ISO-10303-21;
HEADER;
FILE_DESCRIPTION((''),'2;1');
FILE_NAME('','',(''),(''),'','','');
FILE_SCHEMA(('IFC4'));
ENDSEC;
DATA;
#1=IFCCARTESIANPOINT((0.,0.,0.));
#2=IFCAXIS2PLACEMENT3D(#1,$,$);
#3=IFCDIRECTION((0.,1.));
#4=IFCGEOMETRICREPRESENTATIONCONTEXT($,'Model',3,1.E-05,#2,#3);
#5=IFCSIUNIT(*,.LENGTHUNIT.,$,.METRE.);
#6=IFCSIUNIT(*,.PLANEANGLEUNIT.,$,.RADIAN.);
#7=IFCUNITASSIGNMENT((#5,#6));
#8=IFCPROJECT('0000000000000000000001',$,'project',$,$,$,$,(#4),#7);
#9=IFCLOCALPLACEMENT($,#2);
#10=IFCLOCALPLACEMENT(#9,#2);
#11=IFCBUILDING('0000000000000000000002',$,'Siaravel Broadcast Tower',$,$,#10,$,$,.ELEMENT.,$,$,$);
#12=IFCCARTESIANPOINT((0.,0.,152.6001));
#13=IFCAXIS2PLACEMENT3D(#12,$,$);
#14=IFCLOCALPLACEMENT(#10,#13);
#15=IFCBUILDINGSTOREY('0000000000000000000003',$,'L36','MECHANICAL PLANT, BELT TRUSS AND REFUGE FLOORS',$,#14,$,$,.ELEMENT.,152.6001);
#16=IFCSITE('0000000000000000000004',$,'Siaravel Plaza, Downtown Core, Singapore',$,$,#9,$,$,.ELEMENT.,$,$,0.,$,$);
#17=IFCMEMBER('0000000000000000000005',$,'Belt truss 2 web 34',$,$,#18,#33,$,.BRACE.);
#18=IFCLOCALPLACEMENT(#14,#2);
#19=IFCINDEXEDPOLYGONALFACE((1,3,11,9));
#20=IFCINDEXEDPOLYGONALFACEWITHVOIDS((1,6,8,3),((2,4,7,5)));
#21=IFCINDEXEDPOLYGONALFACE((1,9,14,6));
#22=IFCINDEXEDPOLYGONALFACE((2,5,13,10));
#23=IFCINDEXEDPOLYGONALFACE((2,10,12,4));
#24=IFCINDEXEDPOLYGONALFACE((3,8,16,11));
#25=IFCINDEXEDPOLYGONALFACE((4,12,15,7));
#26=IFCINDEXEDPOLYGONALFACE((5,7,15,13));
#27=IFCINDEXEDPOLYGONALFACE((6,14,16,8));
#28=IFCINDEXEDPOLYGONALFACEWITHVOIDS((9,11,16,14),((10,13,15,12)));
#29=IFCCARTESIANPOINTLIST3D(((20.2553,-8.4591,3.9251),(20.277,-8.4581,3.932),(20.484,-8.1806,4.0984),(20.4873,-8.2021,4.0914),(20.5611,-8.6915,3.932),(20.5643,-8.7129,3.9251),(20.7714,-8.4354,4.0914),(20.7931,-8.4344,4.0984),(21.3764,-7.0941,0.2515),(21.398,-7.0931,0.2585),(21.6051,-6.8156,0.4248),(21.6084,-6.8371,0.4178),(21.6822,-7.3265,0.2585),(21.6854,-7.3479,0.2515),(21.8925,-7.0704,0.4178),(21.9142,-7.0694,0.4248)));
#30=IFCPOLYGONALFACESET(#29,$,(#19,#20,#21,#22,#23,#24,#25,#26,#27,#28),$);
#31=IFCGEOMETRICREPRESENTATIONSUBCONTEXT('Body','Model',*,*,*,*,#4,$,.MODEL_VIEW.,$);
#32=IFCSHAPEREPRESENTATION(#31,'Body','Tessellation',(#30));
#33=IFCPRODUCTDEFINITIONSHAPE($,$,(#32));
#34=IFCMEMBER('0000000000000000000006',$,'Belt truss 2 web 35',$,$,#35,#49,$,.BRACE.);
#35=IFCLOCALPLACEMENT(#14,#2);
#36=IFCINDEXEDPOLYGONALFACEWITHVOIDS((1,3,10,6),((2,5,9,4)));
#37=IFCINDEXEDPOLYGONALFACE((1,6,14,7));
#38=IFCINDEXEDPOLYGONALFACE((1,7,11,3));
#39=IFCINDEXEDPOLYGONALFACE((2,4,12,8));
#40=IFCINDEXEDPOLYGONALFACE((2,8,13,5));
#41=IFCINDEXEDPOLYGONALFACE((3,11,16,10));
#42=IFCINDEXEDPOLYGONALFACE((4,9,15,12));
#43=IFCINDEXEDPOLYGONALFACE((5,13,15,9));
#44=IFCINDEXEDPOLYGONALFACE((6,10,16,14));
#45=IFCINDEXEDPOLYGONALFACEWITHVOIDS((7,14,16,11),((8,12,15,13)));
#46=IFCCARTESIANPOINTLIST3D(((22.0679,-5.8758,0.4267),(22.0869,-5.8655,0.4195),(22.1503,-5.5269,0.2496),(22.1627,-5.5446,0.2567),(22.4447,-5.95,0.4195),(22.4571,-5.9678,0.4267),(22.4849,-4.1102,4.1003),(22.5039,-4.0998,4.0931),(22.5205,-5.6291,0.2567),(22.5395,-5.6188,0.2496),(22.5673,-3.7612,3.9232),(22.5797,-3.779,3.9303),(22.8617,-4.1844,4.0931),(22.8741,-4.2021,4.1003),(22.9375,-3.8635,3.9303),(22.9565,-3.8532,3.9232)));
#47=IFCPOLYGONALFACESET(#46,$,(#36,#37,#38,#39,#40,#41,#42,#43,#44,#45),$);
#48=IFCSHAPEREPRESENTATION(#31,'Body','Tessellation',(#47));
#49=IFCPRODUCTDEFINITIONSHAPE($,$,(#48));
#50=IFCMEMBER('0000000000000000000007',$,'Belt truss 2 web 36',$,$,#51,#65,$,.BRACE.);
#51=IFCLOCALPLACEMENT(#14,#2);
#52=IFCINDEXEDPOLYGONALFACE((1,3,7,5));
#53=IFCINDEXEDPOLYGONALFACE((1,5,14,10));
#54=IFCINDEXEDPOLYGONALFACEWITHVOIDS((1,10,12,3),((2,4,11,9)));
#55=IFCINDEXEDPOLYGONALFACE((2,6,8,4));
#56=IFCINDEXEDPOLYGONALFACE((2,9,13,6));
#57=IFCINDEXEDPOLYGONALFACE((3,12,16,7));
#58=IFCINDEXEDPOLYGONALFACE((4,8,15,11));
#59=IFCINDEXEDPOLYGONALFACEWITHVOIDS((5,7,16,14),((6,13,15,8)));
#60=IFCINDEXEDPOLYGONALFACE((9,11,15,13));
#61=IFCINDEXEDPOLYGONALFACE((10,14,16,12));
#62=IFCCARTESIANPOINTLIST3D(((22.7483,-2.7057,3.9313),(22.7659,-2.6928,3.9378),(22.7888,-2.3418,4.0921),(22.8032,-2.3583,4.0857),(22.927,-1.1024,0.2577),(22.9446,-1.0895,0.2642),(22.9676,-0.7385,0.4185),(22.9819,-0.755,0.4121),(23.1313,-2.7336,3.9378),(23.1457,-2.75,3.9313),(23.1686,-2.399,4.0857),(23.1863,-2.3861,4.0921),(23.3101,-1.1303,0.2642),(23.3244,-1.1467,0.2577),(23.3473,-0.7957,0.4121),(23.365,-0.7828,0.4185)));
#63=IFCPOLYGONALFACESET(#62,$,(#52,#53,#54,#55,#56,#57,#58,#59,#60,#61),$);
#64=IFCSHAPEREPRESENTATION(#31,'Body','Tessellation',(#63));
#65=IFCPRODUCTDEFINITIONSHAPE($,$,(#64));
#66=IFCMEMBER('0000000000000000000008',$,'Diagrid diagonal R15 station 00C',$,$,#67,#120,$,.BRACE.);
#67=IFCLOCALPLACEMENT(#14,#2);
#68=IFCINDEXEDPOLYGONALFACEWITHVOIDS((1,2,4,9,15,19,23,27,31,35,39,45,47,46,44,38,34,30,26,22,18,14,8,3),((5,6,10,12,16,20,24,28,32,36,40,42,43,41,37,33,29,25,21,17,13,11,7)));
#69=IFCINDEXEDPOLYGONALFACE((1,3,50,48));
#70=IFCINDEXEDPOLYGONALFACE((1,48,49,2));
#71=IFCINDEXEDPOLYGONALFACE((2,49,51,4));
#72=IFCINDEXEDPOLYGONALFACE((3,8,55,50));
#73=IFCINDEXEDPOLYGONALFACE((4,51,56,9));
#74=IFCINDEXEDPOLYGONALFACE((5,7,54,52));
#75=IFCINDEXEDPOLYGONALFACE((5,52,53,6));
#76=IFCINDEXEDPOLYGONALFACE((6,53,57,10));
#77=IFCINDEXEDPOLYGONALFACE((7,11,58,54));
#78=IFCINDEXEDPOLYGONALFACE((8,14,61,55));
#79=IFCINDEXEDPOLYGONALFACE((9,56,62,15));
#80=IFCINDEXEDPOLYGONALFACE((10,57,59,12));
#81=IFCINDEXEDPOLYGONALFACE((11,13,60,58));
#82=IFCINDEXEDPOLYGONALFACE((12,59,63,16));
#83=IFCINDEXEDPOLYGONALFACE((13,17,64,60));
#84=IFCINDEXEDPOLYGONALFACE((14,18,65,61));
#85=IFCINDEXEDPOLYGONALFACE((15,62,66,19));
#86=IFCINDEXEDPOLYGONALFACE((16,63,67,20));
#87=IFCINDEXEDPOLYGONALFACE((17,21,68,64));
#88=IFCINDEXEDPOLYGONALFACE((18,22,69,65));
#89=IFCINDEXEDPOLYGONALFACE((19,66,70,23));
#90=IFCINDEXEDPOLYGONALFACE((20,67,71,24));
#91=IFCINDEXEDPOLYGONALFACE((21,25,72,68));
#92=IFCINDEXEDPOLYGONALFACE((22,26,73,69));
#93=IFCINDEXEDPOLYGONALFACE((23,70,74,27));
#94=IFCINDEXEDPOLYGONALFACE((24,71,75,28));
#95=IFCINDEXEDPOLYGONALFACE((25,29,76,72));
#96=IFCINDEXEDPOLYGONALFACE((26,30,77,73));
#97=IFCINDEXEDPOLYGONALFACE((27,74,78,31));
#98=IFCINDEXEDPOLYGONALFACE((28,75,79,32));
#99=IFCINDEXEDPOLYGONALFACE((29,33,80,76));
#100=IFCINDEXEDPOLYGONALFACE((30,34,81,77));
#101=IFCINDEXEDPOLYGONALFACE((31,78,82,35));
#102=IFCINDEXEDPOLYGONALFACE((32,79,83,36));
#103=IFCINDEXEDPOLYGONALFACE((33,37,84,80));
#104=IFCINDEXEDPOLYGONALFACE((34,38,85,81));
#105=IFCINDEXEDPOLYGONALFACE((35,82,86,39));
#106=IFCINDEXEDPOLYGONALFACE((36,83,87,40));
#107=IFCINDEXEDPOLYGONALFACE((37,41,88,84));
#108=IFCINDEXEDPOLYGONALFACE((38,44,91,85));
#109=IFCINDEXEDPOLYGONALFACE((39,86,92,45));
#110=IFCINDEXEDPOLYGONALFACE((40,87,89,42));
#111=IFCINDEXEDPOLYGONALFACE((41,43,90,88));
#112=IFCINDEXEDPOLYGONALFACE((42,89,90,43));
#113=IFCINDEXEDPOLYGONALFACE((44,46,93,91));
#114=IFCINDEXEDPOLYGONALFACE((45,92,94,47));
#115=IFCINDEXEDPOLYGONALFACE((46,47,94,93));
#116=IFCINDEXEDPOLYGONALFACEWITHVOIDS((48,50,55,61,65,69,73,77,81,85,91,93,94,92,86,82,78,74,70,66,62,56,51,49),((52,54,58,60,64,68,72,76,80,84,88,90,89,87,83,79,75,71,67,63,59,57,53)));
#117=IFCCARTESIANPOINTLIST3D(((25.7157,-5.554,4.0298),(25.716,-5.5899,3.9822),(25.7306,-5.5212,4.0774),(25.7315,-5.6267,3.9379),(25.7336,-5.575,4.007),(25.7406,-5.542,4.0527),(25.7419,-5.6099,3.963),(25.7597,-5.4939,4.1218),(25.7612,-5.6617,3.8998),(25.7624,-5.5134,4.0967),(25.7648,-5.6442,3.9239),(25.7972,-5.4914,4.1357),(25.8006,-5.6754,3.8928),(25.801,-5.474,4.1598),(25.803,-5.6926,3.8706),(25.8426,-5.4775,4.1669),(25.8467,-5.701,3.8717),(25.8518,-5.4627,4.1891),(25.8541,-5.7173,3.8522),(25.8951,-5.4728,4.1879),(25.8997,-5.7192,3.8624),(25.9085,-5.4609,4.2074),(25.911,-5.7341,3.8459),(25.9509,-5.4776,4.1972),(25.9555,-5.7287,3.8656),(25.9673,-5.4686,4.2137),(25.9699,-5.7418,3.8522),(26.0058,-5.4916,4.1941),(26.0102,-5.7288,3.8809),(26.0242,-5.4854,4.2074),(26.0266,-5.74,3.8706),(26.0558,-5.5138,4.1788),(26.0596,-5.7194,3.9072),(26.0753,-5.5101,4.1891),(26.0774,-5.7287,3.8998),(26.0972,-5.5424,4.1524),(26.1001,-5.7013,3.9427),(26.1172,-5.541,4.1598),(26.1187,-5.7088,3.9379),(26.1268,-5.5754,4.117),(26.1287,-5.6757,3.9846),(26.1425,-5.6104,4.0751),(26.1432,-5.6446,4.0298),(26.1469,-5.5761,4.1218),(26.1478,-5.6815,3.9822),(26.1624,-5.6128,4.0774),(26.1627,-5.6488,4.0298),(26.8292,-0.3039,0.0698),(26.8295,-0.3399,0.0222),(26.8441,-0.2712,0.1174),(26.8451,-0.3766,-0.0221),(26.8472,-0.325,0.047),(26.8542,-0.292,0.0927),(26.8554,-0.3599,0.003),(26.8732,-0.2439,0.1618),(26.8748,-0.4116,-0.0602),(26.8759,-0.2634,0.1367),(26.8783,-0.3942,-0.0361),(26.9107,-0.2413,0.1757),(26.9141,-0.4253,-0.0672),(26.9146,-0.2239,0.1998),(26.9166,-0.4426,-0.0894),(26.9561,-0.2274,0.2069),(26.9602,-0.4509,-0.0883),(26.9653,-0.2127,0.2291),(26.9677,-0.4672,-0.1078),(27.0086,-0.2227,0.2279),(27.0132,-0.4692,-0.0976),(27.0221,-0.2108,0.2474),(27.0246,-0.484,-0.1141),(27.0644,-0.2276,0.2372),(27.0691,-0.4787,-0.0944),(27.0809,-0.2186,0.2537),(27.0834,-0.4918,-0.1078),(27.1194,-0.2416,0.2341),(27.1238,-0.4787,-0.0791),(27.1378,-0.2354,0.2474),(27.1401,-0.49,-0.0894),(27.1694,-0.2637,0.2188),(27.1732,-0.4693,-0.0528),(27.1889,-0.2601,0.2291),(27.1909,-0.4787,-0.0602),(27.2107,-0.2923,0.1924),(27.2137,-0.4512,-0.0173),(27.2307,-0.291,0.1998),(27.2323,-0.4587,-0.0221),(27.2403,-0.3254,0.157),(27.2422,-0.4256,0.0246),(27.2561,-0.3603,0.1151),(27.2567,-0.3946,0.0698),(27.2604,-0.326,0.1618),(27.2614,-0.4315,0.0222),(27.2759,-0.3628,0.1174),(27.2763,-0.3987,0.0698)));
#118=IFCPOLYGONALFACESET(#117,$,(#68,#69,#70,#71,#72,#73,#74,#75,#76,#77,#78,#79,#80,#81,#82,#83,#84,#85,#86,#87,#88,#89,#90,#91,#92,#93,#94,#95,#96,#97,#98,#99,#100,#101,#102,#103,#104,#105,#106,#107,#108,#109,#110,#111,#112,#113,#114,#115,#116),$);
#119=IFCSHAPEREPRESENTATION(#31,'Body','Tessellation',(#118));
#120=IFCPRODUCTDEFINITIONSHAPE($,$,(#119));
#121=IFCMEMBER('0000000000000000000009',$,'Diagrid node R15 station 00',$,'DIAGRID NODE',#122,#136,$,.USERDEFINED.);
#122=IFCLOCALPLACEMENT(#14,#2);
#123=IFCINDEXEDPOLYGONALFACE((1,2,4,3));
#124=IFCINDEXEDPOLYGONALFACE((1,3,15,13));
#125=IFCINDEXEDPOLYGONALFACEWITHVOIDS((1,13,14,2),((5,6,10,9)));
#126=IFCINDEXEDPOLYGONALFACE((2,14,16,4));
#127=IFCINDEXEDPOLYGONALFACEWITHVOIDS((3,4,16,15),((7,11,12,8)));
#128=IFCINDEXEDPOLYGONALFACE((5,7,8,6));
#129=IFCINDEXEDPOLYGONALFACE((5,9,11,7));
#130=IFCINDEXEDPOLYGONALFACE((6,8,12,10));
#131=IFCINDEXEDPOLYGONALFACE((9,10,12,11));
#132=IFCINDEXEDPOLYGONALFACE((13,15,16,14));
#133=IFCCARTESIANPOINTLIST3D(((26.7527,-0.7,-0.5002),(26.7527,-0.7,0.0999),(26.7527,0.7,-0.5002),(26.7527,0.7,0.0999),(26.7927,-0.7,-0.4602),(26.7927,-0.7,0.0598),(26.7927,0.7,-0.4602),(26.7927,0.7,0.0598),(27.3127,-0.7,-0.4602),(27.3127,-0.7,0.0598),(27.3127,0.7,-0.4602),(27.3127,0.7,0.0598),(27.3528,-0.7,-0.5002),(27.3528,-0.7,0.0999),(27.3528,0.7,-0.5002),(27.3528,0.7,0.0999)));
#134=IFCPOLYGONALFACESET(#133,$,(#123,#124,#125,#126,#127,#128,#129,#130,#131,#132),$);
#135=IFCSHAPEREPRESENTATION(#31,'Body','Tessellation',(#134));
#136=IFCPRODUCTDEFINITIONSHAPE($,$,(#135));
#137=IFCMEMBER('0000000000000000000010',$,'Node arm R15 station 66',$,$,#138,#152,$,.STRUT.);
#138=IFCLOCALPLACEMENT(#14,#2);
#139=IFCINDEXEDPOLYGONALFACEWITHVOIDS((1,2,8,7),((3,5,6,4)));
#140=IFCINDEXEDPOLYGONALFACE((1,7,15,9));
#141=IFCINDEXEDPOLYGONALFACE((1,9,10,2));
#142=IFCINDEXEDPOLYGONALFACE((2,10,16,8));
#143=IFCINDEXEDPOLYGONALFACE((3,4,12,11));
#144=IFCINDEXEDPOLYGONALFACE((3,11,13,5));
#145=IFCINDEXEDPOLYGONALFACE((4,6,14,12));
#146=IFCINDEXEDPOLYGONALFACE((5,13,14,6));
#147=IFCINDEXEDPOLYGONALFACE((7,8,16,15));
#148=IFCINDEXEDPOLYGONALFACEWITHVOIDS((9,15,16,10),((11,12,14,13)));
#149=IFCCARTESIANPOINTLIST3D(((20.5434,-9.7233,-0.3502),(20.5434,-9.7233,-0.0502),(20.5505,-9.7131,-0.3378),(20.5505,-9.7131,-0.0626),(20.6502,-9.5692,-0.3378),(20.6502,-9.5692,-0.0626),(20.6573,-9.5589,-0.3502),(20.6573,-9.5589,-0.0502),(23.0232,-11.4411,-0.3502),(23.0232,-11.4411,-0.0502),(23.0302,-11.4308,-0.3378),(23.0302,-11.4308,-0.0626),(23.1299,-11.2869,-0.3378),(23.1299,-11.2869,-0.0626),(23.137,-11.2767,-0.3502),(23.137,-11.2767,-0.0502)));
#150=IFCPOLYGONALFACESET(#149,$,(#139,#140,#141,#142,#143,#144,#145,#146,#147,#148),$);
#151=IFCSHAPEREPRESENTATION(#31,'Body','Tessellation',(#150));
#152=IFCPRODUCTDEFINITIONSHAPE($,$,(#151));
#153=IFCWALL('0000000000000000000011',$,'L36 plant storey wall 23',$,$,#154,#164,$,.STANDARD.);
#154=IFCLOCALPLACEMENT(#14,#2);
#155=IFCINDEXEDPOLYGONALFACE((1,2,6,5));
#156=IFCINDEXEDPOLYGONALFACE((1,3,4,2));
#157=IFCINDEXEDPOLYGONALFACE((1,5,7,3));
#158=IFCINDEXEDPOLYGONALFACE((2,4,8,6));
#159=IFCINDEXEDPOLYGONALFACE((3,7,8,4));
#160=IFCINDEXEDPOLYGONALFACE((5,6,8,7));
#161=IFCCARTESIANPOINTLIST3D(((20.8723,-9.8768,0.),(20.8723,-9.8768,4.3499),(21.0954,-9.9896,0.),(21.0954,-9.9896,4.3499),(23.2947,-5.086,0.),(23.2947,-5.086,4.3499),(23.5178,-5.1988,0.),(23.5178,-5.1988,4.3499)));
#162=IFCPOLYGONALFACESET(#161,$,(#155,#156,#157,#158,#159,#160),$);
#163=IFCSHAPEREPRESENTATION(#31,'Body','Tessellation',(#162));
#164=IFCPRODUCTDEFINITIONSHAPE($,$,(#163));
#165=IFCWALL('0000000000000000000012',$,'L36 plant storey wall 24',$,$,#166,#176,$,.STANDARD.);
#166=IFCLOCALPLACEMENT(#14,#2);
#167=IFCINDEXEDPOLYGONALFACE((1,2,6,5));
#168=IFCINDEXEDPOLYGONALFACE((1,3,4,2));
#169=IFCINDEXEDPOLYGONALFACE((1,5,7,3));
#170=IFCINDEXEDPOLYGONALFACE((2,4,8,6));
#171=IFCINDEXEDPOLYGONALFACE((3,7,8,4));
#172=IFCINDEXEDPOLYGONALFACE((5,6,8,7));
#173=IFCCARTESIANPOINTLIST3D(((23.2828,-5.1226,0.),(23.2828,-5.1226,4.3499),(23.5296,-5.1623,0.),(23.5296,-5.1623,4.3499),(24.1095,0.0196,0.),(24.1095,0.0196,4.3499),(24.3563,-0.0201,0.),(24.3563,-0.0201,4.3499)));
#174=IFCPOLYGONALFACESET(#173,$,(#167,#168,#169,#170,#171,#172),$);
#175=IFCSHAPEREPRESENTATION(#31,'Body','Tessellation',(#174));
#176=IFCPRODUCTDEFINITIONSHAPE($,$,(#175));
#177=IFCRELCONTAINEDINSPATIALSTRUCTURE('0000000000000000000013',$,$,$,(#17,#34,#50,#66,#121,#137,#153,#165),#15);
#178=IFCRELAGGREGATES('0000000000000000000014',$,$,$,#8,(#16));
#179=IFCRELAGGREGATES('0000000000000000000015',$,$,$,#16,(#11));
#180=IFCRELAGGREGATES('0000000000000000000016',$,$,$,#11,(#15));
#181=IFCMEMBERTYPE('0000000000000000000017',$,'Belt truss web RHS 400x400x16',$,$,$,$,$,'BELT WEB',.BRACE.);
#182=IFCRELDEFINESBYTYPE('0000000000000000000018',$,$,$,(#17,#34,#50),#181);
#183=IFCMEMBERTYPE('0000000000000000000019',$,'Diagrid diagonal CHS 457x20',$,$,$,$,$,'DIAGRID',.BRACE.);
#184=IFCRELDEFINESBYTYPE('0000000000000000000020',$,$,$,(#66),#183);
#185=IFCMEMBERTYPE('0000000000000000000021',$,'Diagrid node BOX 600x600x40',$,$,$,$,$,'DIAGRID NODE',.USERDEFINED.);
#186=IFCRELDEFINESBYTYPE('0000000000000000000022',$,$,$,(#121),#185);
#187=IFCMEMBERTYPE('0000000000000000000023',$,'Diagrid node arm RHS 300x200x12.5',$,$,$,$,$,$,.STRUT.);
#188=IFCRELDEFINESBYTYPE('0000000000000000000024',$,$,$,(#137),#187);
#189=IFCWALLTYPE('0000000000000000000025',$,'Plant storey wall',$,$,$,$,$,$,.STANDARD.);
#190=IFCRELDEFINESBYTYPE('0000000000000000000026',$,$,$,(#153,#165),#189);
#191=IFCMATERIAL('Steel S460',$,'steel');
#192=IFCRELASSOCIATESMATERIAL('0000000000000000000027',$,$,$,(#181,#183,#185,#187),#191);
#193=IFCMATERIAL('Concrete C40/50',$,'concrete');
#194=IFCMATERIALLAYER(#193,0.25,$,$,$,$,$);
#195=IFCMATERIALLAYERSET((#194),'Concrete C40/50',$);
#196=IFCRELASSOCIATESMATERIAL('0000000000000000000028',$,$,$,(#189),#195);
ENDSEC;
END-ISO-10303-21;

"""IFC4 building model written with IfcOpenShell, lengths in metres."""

from ifc_helpers import new_model, si_unit, direction, frame, frame_2d, origin, origin_2d, place, context, subcontext, project, spatial, rectangle, hollow_rectangle, hollow_circle, extrude, material, layer, layer_set, material_profile, profile_set, type_object, element, save


model = new_model("IFC4")

# Units and contexts
model_context = context("Model", 3, precision=1e-05, world=origin(), true_north=direction((0.0, 1.0)))
body_context = subcontext(model_context, "Body", "Model", "MODEL_VIEW")
ifc_project = project(units=[si_unit("LENGTHUNIT", "METRE"), si_unit("PLANEANGLEUNIT", "RADIAN")], contexts=[model_context])

# Site, building, storey
site_placement = place(None, origin())
site = spatial("IfcSite", under=ifc_project, at=site_placement, Name="Siaravel Plaza, Downtown Core, Singapore", CompositionType="ELEMENT", RefElevation=0.0)
building_placement = place(site_placement, origin())
building = spatial("IfcBuilding", under=site, at=building_placement, Name="Siaravel Broadcast Tower", CompositionType="ELEMENT")
storey_placement = place(building_placement, frame((0.0, 0.0, 152.6001)))
storey = spatial("IfcBuildingStorey", under=building, at=storey_placement, Name="L36", Description="MECHANICAL PLANT, BELT TRUSS AND REFUGE FLOORS", CompositionType="ELEMENT", Elevation=152.6001)

# Shared definitions
ifc_material_1 = material(Name="Steel S460", Category="steel")

# Members
ifc_material_profile_1 = material_profile(ifc_material_1, hollow_rectangle(XDim=0.3999, YDim=0.3999, WallThickness=0.0161, at=origin_2d()))
ifc_profile_set_1 = profile_set([ifc_material_profile_1], Name="Steel S460")
member_type_1 = type_object("IfcMemberType", Name="Belt truss web RHS 400x400x16", ElementType="BELT WEB", PredefinedType="BRACE", material=ifc_profile_set_1)
member_1_placement = place(storey_placement, frame((21.6453, -7.0818, 0.3381), z_axis=(-0.275035, -0.33487, 0.901231), x_axis=(0.772767, -0.634689, 0.0)))
element("IfcMember", 1, at=member_1_placement, inside=storey, type_object=member_type_1, Name="Belt truss 2 web 34", PredefinedType="BRACE", context=body_context, shape_type="SweptSolid", body=[
    extrude(hollow_rectangle(XDim=0.3999, YDim=0.3999, WallThickness=0.0161, at=origin_2d()), origin(), (0.0, 0.0, 1.0), 4.0762),
])
member_2_placement = place(storey_placement, frame((22.3037, -5.7473, 0.3381), z_axis=(0.101776, 0.430941, 0.896622), x_axis=(-0.973226, 0.229849, 0.0)))
element("IfcMember", 2, at=member_2_placement, inside=storey, type_object=member_type_1, Name="Belt truss 2 web 35", PredefinedType="BRACE", context=body_context, shape_type="SweptSolid", body=[
    extrude(hollow_rectangle(XDim=0.3999, YDim=0.3999, WallThickness=0.0161, at=origin_2d()), origin(), (0.0, 0.0, 1.0), 4.0972),
])
member_3_placement = place(storey_placement, frame((23.146, -0.9426, 0.3381), z_axis=(-0.044542, -0.3996, 0.915607), x_axis=(0.993845, -0.11078, 0.0)))
element("IfcMember", 3, at=member_3_placement, inside=storey, type_object=member_type_1, Name="Belt truss 2 web 36", PredefinedType="BRACE", context=body_context, shape_type="SweptSolid", body=[
    extrude(hollow_rectangle(XDim=0.3999, YDim=0.3999, WallThickness=0.0161, at=origin_2d()), origin(), (0.0, 0.0, 1.0), 4.0122),
])
ifc_material_profile_2 = material_profile(ifc_material_1, hollow_circle(Radius=0.2285, WallThickness=0.02, at=origin_2d()))
ifc_profile_set_2 = profile_set([ifc_material_profile_2], Name="Steel S460")
member_type_2 = type_object("IfcMemberType", Name="Diagrid diagonal CHS 457x20", ElementType="DIAGRID", PredefinedType="BRACE", material=ifc_profile_set_2)
member_4_placement = place(storey_placement, frame((27.0527, -0.3513, 0.0698), z_axis=(-0.166955, -0.787152, 0.593732), x_axis=(0.978238, -0.207484, 0.0)))
element("IfcMember", 4, at=member_4_placement, inside=storey, type_object=member_type_2, Name="Diagrid diagonal R15 station 00C", PredefinedType="BRACE", context=body_context, shape_type="SweptSolid", body=[
    extrude(hollow_circle(Radius=0.2285, WallThickness=0.02, at=origin_2d()), origin(), (0.0, 0.0, 1.0), 6.6697),
])
ifc_material_profile_3 = material_profile(ifc_material_1, hollow_rectangle(XDim=0.6001, YDim=0.6001, WallThickness=0.04, at=origin_2d()))
ifc_profile_set_3 = profile_set([ifc_material_profile_3], Name="Steel S460")
member_type_3 = type_object("IfcMemberType", Name="Diagrid node BOX 600x600x40", ElementType="DIAGRID NODE", PredefinedType="USERDEFINED", material=ifc_profile_set_3)
member_5_placement = place(storey_placement, frame((27.0527, -0.7, -0.2002), z_axis=(0.0, 1.0, 0.0), x_axis=(-1.0, 0.0, 0.0)))
element("IfcMember", 5, at=member_5_placement, inside=storey, type_object=member_type_3, Name="Diagrid node R15 station 00", ObjectType="DIAGRID NODE", PredefinedType="USERDEFINED", context=body_context, shape_type="SweptSolid", body=[
    extrude(hollow_rectangle(XDim=0.6001, YDim=0.6001, WallThickness=0.04, at=origin_2d()), origin(), (0.0, 0.0, 1.0), 1.3999),
])
ifc_material_profile_4 = material_profile(ifc_material_1, hollow_rectangle(XDim=0.2, YDim=0.3, WallThickness=0.0125, at=origin_2d()))
ifc_profile_set_4 = profile_set([ifc_material_profile_4], Name="Steel S460")
member_type_4 = type_object("IfcMemberType", Name="Diagrid node arm RHS 300x200x12.5", PredefinedType="STRUT", material=ifc_profile_set_4)
member_6_placement = place(storey_placement, frame((20.6003, -9.6411, -0.2002), z_axis=(0.822032, -0.569441, 0.0), x_axis=(0.569441, 0.822032, 0.0)))
element("IfcMember", 6, at=member_6_placement, inside=storey, type_object=member_type_4, Name="Node arm R15 station 66", PredefinedType="STRUT", context=body_context, shape_type="SweptSolid", body=[
    extrude(hollow_rectangle(XDim=0.2, YDim=0.3, WallThickness=0.0125, at=origin_2d()), origin(), (0.0, 0.0, 1.0), 3.0166),
])

# Walls
ifc_material_2 = material(Name="Concrete C40/50", Category="concrete")
ifc_layer_1 = layer(ifc_material_2, 0.25)
ifc_layer_set_1 = layer_set([ifc_layer_1], Name="Concrete C40/50")
wall_type = type_object("IfcWallType", Name="Plant storey wall", PredefinedType="STANDARD", material=ifc_layer_set_1)
wall_1_placement = place(storey_placement, frame((20.9839, -9.9331, 0.0), z_axis=(0.0, 0.0, 1.0), x_axis=(0.451229, 0.892408, 0.0)))
element("IfcWall", 7, at=wall_1_placement, inside=storey, type_object=wall_type, Name="L36 plant storey wall 23", PredefinedType="STANDARD", context=body_context, shape_type="SweptSolid", body=[
    extrude(rectangle(XDim=5.3684, YDim=0.25, at=frame_2d((2.6841, 0.0))), origin(), (0.0, 0.0, 1.0), 4.3499),
])
wall_2_placement = place(storey_placement, frame((23.4062, -5.1423, 0.0), z_axis=(0.0, 0.0, 1.0), x_axis=(0.158718, 0.987324, 0.0)))
element("IfcWall", 8, at=wall_2_placement, inside=storey, type_object=wall_type, Name="L36 plant storey wall 24", PredefinedType="STANDARD", context=body_context, shape_type="SweptSolid", body=[
    extrude(rectangle(XDim=5.2083, YDim=0.25, at=frame_2d((2.604, 0.0))), origin(), (0.0, 0.0, 1.0), 4.3499),
])

save(model, "model.ifc")
